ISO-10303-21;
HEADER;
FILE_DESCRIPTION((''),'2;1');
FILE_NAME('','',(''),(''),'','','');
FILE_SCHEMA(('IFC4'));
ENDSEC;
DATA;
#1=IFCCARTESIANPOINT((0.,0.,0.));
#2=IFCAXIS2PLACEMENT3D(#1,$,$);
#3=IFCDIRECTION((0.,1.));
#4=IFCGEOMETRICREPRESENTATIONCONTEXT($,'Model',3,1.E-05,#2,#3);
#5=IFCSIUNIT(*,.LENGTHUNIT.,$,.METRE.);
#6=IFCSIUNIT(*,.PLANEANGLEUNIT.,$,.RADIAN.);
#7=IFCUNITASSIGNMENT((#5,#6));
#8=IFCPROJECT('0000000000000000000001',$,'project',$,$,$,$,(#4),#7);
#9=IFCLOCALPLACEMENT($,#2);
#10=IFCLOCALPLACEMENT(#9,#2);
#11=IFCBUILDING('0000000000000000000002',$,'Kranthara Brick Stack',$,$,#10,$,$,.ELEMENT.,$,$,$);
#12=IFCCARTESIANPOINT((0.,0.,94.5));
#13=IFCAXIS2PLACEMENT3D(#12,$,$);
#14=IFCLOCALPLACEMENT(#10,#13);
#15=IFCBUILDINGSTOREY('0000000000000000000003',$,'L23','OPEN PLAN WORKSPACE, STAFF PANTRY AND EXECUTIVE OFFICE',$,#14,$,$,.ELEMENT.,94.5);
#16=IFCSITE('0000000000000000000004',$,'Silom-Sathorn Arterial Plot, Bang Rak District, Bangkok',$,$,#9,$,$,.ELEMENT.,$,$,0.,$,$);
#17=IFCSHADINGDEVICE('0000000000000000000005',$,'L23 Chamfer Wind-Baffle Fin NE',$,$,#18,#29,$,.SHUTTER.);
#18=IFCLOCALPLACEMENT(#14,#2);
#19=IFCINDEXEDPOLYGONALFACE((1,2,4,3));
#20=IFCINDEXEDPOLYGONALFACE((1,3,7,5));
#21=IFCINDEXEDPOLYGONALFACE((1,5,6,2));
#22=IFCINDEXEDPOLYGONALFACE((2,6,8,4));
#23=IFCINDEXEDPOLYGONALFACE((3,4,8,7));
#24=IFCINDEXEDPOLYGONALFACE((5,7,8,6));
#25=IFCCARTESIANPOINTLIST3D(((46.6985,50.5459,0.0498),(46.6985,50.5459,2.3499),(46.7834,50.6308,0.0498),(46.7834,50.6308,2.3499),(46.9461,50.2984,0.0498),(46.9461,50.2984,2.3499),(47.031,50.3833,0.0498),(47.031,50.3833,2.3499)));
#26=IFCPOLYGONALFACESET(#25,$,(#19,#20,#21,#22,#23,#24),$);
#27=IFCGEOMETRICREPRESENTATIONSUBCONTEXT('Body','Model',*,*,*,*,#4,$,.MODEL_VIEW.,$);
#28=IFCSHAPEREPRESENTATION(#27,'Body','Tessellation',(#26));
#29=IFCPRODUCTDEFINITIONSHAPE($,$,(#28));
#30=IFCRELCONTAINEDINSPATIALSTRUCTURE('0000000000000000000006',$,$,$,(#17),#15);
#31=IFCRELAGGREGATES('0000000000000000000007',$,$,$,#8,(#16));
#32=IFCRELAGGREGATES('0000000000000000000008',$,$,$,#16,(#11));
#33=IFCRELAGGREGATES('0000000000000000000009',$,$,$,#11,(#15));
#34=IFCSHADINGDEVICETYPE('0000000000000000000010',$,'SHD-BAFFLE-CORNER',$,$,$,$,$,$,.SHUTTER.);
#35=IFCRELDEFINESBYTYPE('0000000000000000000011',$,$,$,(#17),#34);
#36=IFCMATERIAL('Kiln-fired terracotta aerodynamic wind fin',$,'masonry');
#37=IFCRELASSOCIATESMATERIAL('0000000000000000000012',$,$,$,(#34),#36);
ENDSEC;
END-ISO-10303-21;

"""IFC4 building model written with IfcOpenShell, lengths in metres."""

from ifc_helpers import new_model, si_unit, direction, frame, origin, origin_2d, place, context, subcontext, project, spatial, rectangle, extrude, material, type_object, element, save


model = new_model("IFC4")

# Units and contexts
model_context = context("Model", 3, precision=1e-05, world=origin(), true_north=direction((0.0, 1.0)))
body_context = subcontext(model_context, "Body", "Model", "MODEL_VIEW")
ifc_project = project(units=[si_unit("LENGTHUNIT", "METRE"), si_unit("PLANEANGLEUNIT", "RADIAN")], contexts=[model_context])

# Site, building, storey
site_placement = place(None, origin())
site = spatial("IfcSite", under=ifc_project, at=site_placement, Name="Silom-Sathorn Arterial Plot, Bang Rak District, Bangkok", CompositionType="ELEMENT", RefElevation=0.0)
building_placement = place(site_placement, origin())
building = spatial("IfcBuilding", under=site, at=building_placement, Name="Kranthara Brick Stack", CompositionType="ELEMENT")
storey_placement = place(building_placement, frame((0.0, 0.0, 94.5)))
storey = spatial("IfcBuildingStorey", under=building, at=storey_placement, Name="L23", Description="OPEN PLAN WORKSPACE, STAFF PANTRY AND EXECUTIVE OFFICE", CompositionType="ELEMENT", Elevation=94.5)

# Shading device
ifc_material_1 = material(Name="Kiln-fired terracotta aerodynamic wind fin", Category="masonry")
shading_device_type = type_object("IfcShadingDeviceType", Name="SHD-BAFFLE-CORNER", PredefinedType="SHUTTER", material=ifc_material_1)
shading_device_placement = place(storey_placement, frame((46.8647, 50.4646, 0.0498), z_axis=(0.0, 0.0, 1.0), x_axis=(0.707107, -0.707107, 0.0)))
element("IfcShadingDevice", 1, at=shading_device_placement, inside=storey, type_object=shading_device_type, Name="L23 Chamfer Wind-Baffle Fin NE", PredefinedType="SHUTTER", context=body_context, shape_type="SweptSolid", body=[
    extrude(rectangle(XDim=0.3501, YDim=0.1201, at=origin_2d()), origin(), (0.0, 0.0, 1.0), 2.3),
])

save(model, "model.ifc")
